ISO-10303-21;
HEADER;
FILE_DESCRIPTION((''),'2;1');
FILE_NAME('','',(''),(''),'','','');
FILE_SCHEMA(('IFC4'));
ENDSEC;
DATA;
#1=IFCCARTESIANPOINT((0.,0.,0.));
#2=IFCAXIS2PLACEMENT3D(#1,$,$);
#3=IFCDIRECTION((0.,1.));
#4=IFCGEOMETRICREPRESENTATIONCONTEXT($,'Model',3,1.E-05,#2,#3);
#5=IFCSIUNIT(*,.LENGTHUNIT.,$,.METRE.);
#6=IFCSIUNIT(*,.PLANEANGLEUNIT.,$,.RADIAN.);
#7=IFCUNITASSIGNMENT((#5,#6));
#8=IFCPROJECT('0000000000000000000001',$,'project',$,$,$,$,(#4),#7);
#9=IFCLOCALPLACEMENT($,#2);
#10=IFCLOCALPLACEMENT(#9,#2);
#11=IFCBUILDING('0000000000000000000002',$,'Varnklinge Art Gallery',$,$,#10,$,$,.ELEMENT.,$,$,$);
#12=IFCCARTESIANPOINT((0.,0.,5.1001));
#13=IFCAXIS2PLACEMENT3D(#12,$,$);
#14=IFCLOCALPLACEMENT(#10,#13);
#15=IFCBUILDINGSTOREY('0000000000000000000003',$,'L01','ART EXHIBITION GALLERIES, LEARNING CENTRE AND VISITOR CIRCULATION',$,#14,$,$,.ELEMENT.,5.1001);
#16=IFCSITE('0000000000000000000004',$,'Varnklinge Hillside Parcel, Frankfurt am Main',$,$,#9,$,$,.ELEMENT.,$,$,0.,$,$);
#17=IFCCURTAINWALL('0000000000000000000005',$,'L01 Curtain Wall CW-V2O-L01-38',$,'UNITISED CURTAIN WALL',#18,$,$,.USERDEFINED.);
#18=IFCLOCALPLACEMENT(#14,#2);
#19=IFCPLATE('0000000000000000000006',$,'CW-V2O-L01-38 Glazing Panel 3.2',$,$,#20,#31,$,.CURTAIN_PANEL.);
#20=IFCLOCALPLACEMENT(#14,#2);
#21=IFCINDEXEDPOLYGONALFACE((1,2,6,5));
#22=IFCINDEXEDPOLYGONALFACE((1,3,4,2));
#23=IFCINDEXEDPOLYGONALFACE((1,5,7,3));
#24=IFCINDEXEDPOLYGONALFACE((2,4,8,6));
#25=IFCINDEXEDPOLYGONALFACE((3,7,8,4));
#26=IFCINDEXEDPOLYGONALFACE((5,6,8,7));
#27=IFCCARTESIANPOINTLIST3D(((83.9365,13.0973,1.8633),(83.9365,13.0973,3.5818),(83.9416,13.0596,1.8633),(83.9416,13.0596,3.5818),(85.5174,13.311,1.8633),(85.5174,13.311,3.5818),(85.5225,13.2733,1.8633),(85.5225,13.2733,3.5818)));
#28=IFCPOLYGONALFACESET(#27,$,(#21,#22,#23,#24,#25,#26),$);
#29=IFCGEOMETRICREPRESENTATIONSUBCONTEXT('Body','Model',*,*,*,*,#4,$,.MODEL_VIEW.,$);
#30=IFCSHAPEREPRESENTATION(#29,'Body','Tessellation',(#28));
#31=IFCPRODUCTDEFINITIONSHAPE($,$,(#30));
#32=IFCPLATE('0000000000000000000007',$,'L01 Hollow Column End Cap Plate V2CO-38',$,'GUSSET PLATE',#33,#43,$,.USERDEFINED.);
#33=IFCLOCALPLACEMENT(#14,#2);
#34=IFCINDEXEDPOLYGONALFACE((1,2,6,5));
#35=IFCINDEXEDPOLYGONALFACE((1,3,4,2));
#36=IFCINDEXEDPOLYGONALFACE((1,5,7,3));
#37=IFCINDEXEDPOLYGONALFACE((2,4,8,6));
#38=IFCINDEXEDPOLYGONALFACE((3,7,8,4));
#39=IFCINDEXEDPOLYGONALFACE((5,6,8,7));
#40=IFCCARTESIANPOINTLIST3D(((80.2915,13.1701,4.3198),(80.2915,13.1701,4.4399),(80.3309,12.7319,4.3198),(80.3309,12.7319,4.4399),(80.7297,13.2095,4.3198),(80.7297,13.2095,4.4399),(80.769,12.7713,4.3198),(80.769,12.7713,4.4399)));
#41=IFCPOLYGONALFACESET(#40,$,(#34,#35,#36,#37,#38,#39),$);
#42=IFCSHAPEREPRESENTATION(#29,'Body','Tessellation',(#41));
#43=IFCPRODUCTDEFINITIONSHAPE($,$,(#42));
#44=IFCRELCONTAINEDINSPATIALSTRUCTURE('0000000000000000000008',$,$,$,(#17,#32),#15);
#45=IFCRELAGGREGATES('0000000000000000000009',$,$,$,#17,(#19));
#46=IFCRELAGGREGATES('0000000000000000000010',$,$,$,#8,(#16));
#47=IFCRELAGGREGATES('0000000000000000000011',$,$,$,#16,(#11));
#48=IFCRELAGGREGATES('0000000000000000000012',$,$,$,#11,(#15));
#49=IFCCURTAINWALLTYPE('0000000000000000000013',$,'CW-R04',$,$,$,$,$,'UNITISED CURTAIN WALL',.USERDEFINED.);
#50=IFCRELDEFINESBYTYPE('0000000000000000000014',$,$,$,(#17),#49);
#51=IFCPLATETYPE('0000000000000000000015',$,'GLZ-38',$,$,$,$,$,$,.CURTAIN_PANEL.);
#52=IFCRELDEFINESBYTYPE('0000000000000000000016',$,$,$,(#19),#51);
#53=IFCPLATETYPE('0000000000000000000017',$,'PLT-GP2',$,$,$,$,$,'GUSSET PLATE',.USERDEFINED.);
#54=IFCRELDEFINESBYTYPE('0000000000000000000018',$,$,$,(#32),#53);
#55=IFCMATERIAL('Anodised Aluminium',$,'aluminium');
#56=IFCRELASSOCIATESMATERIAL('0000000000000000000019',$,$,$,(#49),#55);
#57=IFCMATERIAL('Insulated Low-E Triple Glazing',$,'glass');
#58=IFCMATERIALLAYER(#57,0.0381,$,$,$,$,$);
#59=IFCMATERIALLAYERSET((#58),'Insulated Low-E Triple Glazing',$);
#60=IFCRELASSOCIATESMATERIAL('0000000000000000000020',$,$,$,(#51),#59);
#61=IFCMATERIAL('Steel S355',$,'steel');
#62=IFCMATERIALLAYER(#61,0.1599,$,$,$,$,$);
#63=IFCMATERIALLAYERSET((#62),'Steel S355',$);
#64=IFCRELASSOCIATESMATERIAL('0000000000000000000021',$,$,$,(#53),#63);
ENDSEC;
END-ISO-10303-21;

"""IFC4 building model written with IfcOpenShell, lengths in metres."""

from ifc_helpers import new_model, si_unit, direction, frame, origin, origin_2d, place, context, subcontext, project, spatial, rectangle, extrude, material, layer, layer_set, type_object, element, aggregate, save


model = new_model("IFC4")

# Units and contexts
model_context = context("Model", 3, precision=1e-05, world=origin(), true_north=direction((0.0, 1.0)))
body_context = subcontext(model_context, "Body", "Model", "MODEL_VIEW")
ifc_project = project(units=[si_unit("LENGTHUNIT", "METRE"), si_unit("PLANEANGLEUNIT", "RADIAN")], contexts=[model_context])

# Site, building, storey
site_placement = place(None, origin())
site = spatial("IfcSite", under=ifc_project, at=site_placement, Name="Varnklinge Hillside Parcel, Frankfurt am Main", CompositionType="ELEMENT", RefElevation=0.0)
building_placement = place(site_placement, origin())
building = spatial("IfcBuilding", under=site, at=building_placement, Name="Varnklinge Art Gallery", CompositionType="ELEMENT")
storey_placement = place(building_placement, frame((0.0, 0.0, 5.1001)))
storey = spatial("IfcBuildingStorey", under=building, at=storey_placement, Name="L01", Description="ART EXHIBITION GALLERIES, LEARNING CENTRE AND VISITOR CIRCULATION", CompositionType="ELEMENT", Elevation=5.1001)

# Shared definitions
ifc_material_1 = material(Name="Anodised Aluminium", Category="aluminium")
curtain_wall_type = type_object("IfcCurtainWallType", Name="CW-R04", ElementType="UNITISED CURTAIN WALL", PredefinedType="USERDEFINED", material=ifc_material_1)

# Curtain wall
curtain_wall_1_placement = place(storey_placement, origin())
curtain_wall_1 = element("IfcCurtainWall", 1, at=curtain_wall_1_placement, inside=storey, type_object=curtain_wall_type, Name="L01 Curtain Wall CW-V2O-L01-38", ObjectType="UNITISED CURTAIN WALL", PredefinedType="USERDEFINED")

# Plates
ifc_material_2 = material(Name="Insulated Low-E Triple Glazing", Category="glass")
ifc_layer_1 = layer(ifc_material_2, 0.0381)
ifc_layer_set_1 = layer_set([ifc_layer_1], Name="Insulated Low-E Triple Glazing")
plate_type_1 = type_object("IfcPlateType", Name="GLZ-38", PredefinedType="CURTAIN_PANEL", material=ifc_layer_set_1)
plate_1_placement = place(storey_placement, frame((84.7295, 13.1853, 1.8633), z_axis=(0.0, 0.0, 1.0), x_axis=(0.990983, 0.133986, 0.0)))
plate_1 = element("IfcPlate", 2, at=plate_1_placement, type_object=plate_type_1, Name="CW-V2O-L01-38 Glazing Panel 3.2", PredefinedType="CURTAIN_PANEL", context=body_context, shape_type="SweptSolid", body=[
    extrude(rectangle(XDim=1.5952, YDim=0.0381, at=origin_2d()), origin(), (0.0, 0.0, 1.0), 1.7185),
])
aggregate(curtain_wall_1, [plate_1])
ifc_material_3 = material(Name="Steel S355", Category="steel")
ifc_layer_2 = layer(ifc_material_3, 0.1599)
ifc_layer_set_2 = layer_set([ifc_layer_2], Name="Steel S355")
plate_type_2 = type_object("IfcPlateType", Name="PLT-GP2", ElementType="GUSSET PLATE", PredefinedType="USERDEFINED", material=ifc_layer_set_2)
plate_2_placement = place(storey_placement, frame((80.5303, 12.9707, 4.3198), z_axis=(0.0, 0.0, 1.0), x_axis=(-0.089416, 0.995994, 0.0)))
element("IfcPlate", 3, at=plate_2_placement, inside=storey, type_object=plate_type_2, Name="L01 Hollow Column End Cap Plate V2CO-38", ObjectType="GUSSET PLATE", PredefinedType="USERDEFINED", context=body_context, shape_type="SweptSolid", body=[
    extrude(rectangle(XDim=0.4399, YDim=0.4399, at=origin_2d()), origin(), (0.0, 0.0, 1.0), 0.1201),
])

save(model, "model.ifc")
